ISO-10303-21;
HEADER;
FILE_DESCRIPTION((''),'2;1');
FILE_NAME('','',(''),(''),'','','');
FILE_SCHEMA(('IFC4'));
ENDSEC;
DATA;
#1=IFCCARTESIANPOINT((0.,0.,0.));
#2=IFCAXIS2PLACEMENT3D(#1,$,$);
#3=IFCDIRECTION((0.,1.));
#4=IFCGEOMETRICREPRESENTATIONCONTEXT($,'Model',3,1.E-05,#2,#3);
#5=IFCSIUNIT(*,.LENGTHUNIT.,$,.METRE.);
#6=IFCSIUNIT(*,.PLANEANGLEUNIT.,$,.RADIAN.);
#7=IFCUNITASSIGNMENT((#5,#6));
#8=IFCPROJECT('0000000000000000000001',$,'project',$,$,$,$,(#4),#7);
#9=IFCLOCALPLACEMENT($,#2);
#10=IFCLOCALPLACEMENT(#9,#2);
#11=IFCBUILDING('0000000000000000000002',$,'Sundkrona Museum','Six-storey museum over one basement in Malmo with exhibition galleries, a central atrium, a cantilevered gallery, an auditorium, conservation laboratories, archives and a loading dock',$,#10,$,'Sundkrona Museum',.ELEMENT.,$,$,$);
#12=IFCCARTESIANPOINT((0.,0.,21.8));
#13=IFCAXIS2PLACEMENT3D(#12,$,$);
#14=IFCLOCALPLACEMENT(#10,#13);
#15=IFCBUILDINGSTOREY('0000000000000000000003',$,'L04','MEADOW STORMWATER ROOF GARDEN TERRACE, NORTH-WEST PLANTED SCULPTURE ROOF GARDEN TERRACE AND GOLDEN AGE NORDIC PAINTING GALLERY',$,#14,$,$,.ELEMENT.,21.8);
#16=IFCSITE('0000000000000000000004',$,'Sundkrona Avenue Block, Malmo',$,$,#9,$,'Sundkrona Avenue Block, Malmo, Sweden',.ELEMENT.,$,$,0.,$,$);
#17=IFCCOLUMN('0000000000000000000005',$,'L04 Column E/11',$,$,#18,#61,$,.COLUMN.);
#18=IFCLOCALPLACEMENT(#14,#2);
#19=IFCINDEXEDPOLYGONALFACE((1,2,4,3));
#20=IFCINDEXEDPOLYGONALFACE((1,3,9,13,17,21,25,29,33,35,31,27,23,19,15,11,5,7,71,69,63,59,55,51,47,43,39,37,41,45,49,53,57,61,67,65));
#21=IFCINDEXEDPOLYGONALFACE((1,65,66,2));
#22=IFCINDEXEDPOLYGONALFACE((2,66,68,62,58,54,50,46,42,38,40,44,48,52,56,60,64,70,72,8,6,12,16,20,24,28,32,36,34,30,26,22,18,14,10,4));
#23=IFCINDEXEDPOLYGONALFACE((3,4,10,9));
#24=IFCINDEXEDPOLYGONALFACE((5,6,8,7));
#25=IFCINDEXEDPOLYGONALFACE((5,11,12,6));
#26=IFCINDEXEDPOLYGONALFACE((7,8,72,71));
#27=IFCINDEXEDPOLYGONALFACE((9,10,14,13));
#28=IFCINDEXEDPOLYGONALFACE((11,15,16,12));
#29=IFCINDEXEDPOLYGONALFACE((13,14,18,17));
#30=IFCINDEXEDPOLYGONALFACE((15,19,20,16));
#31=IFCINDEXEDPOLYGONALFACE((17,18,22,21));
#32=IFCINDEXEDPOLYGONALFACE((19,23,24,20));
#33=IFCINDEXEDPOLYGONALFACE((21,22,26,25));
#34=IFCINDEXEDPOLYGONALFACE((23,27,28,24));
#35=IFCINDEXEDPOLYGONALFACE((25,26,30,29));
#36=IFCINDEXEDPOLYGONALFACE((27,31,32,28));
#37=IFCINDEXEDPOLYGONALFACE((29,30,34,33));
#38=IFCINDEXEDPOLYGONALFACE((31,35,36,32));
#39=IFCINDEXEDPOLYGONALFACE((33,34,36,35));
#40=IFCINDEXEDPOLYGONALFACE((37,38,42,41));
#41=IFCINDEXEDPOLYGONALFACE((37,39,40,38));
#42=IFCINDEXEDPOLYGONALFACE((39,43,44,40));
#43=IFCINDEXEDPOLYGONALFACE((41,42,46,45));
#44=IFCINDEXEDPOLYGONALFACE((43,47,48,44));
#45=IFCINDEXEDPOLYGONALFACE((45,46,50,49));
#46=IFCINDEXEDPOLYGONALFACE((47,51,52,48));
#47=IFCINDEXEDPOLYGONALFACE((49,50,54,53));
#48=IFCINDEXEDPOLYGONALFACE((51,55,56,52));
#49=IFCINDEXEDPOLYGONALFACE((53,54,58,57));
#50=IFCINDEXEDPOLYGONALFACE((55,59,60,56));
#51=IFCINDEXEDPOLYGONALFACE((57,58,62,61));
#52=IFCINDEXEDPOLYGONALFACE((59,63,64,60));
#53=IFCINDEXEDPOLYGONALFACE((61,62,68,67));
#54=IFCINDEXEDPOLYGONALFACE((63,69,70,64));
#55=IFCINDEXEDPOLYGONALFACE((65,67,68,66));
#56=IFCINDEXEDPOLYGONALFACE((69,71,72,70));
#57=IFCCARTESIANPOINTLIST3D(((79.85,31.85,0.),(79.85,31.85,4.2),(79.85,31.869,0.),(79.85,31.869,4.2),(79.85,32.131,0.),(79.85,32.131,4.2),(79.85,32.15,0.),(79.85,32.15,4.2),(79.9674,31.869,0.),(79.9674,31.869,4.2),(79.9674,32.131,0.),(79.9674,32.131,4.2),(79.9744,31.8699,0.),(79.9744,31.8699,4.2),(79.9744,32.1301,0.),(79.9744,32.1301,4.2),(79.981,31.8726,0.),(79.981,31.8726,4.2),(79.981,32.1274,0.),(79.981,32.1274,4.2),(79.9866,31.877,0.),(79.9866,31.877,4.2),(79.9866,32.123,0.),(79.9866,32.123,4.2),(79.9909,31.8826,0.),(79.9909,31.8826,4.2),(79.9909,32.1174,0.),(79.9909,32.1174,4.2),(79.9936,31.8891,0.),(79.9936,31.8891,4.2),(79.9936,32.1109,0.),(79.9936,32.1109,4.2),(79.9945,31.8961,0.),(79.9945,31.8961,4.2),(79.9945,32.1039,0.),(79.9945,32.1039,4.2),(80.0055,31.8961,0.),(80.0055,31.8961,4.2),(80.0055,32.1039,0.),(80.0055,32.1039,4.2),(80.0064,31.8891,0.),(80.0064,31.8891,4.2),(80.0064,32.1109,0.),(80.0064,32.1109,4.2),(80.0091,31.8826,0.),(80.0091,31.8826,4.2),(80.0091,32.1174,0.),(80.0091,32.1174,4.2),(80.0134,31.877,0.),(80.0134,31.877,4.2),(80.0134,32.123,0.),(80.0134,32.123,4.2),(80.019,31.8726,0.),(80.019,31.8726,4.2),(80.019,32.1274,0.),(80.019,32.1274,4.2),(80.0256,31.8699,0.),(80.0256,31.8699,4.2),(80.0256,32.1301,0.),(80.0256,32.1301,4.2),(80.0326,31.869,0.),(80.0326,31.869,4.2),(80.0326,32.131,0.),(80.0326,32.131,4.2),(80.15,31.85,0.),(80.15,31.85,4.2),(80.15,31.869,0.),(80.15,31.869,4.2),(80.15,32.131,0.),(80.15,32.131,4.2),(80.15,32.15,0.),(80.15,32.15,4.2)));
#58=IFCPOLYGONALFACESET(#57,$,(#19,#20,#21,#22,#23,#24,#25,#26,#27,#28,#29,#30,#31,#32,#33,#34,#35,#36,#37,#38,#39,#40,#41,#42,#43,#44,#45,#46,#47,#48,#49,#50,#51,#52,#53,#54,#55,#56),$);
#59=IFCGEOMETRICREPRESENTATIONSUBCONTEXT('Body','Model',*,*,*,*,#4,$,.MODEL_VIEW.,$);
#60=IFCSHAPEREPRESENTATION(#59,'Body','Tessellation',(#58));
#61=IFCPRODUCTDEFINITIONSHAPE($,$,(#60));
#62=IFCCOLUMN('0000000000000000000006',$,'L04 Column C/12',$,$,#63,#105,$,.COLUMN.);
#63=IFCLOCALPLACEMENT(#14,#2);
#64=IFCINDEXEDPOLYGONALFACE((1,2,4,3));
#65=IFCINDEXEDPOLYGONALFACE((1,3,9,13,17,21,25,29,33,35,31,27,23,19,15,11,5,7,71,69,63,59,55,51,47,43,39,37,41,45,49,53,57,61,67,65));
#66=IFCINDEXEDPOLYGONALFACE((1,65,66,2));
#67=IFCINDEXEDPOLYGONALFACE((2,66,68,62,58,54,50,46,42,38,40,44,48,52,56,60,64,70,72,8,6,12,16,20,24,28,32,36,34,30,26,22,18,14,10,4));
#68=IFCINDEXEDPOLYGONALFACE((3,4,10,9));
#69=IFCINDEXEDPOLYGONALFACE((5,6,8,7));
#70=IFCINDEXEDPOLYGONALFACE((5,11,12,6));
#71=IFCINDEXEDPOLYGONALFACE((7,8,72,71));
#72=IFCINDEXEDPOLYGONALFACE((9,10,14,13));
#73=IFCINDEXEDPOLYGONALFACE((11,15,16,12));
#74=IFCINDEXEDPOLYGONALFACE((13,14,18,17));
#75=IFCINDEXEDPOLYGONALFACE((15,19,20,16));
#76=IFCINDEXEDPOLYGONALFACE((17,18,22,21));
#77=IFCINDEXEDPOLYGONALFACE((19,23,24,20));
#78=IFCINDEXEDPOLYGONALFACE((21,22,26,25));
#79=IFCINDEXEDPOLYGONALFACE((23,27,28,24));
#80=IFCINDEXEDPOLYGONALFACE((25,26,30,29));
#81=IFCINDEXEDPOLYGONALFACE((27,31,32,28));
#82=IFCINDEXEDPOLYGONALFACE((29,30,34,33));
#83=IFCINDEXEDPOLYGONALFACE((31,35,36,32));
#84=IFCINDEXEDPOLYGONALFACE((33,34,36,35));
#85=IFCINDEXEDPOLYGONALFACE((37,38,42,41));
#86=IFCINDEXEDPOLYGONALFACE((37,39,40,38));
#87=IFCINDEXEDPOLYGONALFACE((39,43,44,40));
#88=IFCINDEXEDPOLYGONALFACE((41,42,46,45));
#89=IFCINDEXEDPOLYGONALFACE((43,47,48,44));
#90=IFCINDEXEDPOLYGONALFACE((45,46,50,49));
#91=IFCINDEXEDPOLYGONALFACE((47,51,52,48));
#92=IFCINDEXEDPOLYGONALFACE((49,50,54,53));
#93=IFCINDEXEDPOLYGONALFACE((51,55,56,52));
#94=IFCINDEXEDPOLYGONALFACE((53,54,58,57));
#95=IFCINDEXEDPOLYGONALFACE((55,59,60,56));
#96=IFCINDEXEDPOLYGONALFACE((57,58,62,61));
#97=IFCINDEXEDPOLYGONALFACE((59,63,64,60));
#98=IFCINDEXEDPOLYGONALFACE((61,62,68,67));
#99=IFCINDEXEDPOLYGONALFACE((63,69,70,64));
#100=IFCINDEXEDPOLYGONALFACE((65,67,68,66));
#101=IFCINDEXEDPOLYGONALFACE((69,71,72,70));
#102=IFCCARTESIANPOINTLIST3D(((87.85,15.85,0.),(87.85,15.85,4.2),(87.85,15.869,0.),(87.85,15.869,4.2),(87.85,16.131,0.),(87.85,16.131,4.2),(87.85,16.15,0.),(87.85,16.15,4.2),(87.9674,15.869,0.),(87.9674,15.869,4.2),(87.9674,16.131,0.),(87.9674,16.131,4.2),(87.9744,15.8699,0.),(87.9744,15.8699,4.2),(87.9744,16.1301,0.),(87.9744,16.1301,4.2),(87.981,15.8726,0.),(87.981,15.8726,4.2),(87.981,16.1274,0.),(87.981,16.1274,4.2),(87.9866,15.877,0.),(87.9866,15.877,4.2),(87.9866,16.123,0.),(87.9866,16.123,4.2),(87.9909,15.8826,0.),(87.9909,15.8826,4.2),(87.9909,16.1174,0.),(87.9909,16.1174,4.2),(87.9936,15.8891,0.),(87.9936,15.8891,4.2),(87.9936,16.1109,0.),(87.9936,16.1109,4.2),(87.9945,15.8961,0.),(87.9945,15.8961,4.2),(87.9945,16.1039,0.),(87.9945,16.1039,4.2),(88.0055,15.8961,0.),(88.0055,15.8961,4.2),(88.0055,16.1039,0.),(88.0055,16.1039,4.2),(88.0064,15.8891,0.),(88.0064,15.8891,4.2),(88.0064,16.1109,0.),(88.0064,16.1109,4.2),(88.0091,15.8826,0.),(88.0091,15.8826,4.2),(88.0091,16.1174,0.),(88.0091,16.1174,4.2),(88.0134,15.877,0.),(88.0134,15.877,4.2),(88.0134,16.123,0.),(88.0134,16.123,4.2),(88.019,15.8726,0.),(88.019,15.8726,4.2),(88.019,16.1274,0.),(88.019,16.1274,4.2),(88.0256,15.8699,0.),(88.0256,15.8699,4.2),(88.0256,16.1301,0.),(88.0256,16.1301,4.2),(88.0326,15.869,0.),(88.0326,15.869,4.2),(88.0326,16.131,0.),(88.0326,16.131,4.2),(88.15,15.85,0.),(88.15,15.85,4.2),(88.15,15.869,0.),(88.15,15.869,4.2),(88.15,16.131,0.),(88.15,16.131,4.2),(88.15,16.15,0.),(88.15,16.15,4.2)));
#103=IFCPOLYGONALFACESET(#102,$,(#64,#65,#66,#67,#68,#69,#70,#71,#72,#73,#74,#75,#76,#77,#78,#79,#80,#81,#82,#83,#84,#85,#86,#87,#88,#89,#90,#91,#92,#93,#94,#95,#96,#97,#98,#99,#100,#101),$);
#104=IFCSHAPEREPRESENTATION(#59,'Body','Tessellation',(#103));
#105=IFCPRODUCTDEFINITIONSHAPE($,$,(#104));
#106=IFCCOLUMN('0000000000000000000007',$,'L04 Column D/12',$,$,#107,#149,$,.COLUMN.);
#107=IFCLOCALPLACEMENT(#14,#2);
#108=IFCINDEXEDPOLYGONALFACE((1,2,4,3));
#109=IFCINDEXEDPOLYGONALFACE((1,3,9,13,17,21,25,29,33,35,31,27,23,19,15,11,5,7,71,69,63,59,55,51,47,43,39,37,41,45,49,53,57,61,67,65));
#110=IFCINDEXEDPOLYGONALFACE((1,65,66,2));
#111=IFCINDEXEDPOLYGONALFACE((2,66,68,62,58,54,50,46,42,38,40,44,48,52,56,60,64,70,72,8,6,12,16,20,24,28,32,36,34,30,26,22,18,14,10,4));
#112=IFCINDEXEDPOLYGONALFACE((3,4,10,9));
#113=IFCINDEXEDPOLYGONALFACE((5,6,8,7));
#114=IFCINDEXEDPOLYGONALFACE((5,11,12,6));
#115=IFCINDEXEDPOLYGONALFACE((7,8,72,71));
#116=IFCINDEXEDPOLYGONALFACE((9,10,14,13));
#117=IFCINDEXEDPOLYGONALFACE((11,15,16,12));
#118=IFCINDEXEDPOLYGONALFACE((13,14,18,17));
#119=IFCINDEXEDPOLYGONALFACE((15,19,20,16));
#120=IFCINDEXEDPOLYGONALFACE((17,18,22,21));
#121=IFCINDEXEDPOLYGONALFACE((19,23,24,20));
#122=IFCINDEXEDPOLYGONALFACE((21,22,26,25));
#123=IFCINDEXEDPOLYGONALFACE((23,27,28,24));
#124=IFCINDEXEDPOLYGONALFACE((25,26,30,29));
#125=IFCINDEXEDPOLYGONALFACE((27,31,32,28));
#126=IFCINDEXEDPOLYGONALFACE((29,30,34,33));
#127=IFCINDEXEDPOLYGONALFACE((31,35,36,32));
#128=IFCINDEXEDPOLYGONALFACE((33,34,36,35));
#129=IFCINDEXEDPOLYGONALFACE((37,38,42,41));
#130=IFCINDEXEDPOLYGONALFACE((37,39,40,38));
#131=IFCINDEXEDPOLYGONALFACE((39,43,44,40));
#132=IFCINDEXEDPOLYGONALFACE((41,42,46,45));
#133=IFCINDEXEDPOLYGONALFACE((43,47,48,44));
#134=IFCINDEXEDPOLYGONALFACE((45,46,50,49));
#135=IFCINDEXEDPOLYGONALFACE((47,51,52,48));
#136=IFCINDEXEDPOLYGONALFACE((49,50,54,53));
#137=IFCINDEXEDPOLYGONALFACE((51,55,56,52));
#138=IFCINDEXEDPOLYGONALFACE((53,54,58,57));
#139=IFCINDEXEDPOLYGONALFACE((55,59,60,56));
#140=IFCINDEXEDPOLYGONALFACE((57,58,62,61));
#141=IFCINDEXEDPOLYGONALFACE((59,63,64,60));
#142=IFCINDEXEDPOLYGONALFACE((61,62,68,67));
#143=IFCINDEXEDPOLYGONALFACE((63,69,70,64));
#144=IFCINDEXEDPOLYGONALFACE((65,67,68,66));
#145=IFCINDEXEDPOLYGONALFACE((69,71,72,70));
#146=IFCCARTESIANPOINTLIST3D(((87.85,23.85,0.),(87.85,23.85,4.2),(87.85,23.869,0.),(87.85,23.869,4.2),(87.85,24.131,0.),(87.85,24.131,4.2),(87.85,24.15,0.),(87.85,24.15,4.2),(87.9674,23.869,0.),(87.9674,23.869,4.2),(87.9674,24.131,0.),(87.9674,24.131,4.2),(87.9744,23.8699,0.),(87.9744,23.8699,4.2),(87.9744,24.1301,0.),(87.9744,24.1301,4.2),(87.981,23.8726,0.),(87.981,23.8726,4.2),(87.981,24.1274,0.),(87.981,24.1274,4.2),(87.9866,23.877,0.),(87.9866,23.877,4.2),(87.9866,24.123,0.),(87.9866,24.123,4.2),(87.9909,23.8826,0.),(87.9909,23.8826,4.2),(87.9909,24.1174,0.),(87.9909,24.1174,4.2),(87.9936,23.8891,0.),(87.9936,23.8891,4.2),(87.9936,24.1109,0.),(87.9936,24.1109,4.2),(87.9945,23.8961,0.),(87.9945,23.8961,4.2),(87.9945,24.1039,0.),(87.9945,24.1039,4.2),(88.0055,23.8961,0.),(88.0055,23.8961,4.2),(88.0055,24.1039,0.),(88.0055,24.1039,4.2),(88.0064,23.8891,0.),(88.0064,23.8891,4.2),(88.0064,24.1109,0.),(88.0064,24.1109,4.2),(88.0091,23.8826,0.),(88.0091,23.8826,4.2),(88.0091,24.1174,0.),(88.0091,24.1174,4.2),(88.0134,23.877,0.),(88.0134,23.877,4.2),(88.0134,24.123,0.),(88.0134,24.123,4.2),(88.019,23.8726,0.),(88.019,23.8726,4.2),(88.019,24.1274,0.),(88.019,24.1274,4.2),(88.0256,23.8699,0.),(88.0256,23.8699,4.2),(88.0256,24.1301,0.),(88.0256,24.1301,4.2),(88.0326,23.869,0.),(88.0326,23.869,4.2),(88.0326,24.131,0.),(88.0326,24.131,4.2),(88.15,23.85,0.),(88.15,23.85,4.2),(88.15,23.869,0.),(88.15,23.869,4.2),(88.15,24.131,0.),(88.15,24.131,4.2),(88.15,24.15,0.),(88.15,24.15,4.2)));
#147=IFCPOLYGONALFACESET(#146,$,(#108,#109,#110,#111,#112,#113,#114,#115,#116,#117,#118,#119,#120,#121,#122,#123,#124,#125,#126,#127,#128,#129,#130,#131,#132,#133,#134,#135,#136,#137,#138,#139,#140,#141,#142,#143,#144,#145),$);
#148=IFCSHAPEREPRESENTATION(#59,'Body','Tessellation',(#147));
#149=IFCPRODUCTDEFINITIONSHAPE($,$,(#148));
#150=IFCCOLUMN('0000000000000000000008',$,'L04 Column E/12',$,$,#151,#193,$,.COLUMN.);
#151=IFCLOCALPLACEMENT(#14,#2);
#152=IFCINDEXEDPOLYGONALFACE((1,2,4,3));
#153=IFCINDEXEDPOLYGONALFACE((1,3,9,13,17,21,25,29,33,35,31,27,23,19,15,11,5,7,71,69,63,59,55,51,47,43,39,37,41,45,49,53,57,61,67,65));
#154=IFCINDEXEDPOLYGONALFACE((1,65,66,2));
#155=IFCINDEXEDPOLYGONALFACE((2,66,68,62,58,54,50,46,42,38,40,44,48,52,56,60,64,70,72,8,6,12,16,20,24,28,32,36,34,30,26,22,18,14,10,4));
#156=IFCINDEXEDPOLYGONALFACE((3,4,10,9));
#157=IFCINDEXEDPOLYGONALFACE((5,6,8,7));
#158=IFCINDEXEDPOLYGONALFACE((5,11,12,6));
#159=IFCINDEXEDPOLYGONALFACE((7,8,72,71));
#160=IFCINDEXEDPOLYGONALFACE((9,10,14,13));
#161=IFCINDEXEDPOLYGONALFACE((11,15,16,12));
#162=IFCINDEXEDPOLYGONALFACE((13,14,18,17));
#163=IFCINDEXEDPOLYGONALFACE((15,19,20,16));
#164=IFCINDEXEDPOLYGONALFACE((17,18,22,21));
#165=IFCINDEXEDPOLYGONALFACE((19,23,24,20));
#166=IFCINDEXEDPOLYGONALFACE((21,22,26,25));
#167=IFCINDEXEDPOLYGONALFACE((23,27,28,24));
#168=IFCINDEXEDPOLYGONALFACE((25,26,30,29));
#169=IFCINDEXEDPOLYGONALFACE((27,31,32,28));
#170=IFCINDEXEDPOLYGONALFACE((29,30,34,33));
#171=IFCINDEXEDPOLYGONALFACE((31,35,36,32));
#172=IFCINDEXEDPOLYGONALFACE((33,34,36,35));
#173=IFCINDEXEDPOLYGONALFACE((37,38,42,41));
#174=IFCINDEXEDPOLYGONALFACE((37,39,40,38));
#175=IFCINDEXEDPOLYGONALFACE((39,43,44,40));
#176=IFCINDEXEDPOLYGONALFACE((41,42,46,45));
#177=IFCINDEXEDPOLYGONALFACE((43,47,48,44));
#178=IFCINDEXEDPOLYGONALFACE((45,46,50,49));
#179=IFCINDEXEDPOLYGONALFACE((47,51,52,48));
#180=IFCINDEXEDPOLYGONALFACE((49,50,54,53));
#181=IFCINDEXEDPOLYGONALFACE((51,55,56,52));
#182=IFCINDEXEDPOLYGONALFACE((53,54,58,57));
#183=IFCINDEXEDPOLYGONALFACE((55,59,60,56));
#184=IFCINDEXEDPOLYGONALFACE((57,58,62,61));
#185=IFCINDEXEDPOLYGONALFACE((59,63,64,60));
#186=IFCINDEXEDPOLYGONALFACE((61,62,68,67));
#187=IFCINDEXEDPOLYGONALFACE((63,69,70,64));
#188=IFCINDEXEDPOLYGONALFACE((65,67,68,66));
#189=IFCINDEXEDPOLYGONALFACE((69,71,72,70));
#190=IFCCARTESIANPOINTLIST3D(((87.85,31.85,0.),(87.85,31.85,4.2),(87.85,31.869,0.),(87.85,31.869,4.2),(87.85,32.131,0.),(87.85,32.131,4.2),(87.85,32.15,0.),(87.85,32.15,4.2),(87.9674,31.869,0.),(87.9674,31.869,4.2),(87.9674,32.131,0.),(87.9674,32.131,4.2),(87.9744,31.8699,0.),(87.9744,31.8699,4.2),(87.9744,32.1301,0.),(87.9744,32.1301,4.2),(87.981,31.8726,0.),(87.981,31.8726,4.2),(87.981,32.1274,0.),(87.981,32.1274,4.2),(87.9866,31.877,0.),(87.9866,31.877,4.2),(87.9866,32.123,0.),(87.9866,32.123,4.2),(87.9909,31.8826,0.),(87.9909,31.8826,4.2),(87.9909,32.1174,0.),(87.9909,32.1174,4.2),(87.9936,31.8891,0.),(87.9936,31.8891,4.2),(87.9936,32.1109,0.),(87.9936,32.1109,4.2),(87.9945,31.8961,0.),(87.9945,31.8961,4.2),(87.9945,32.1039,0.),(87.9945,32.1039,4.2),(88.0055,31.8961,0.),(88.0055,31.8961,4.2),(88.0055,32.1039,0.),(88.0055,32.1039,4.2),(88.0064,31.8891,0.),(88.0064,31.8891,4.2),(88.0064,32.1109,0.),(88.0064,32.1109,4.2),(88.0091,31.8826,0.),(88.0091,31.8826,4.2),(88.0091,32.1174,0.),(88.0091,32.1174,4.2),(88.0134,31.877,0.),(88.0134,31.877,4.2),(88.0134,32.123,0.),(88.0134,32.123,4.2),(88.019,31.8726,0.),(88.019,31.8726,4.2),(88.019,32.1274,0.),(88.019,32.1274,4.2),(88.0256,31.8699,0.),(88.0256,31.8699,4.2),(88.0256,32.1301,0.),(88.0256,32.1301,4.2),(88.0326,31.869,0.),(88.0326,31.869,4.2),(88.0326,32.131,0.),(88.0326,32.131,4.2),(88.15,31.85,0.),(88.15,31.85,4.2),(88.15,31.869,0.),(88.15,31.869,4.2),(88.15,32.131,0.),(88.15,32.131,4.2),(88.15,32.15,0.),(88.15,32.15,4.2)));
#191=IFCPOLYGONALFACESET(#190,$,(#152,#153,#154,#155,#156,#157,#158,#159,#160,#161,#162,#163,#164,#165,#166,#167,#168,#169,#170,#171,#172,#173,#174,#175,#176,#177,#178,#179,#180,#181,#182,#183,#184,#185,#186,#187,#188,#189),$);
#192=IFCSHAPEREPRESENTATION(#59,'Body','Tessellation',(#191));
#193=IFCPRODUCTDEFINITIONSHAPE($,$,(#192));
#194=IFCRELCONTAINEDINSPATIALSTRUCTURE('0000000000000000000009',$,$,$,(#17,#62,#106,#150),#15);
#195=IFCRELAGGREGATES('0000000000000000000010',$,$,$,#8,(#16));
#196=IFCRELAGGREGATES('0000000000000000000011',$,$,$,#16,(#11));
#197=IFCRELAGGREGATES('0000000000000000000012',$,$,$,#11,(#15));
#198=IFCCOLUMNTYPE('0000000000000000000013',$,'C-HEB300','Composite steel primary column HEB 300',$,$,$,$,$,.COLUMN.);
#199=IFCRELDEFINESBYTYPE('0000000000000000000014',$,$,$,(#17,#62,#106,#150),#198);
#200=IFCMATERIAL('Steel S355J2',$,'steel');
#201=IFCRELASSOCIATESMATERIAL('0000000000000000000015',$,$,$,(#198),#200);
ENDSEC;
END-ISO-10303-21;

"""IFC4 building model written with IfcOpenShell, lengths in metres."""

from ifc_helpers import new_model, si_unit, direction, frame, origin, origin_2d, place, context, subcontext, project, spatial, i_section, extrude, material, material_profile, profile_set, type_object, element, save


model = new_model("IFC4")

# Units and contexts
model_context = context("Model", 3, precision=1e-05, world=origin(), true_north=direction((0.0, 1.0)))
body_context = subcontext(model_context, "Body", "Model", "MODEL_VIEW")
ifc_project = project(units=[si_unit("LENGTHUNIT", "METRE"), si_unit("PLANEANGLEUNIT", "RADIAN")], contexts=[model_context])

# Site, building, storey
site_placement = place(None, origin())
site = spatial("IfcSite", under=ifc_project, at=site_placement, Name="Sundkrona Avenue Block, Malmo", LongName="Sundkrona Avenue Block, Malmo, Sweden", CompositionType="ELEMENT", RefElevation=0.0)
building_placement = place(site_placement, origin())
building = spatial("IfcBuilding", under=site, at=building_placement, Name="Sundkrona Museum", Description="Six-storey museum over one basement in Malmo with exhibition galleries, a central atrium, a cantilevered gallery, an auditorium, conservation laboratories, archives and a loading dock", LongName="Sundkrona Museum", CompositionType="ELEMENT")
storey_placement = place(building_placement, frame((0.0, 0.0, 21.8)))
storey = spatial("IfcBuildingStorey", under=building, at=storey_placement, Name="L04", Description="MEADOW STORMWATER ROOF GARDEN TERRACE, NORTH-WEST PLANTED SCULPTURE ROOF GARDEN TERRACE AND GOLDEN AGE NORDIC PAINTING GALLERY", CompositionType="ELEMENT", Elevation=21.8)

# Columns
ifc_material_1 = material(Name="Steel S355J2", Category="steel")
ifc_material_profile_1 = material_profile(ifc_material_1, i_section(OverallWidth=0.3, OverallDepth=0.3, WebThickness=0.011, FlangeThickness=0.019, FilletRadius=0.0271, at=origin_2d()), Name="HEB 300")
ifc_profile_set_1 = profile_set([ifc_material_profile_1], Name="Steel S355J2")
column_type = type_object("IfcColumnType", Name="C-HEB300", Description="Composite steel primary column HEB 300", PredefinedType="COLUMN", material=ifc_profile_set_1)
for number, where, z_axis, x_axis, name in (
    (1, (80.0, 32.0, 0.0), (0.0, 0.0, 1.0), (1.0, 0.0, 0.0), "L04 Column E/11"),
    (2, (88.0, 16.0, 0.0), (0.0, 0.0, 1.0), (1.0, 0.0, 0.0), "L04 Column C/12"),
    (3, (88.0, 24.0, 0.0), (0.0, 0.0, 1.0), (1.0, 0.0, 0.0), "L04 Column D/12"),
    (4, (88.0, 32.0, 0.0), (0.0, 0.0, 1.0), (1.0, 0.0, 0.0), "L04 Column E/12"),
):
    element("IfcColumn", number, at=place(storey_placement, frame(where, z_axis=z_axis, x_axis=x_axis)), inside=storey, type_object=column_type, Name=name, PredefinedType="COLUMN", context=body_context, shape_type="SweptSolid", body=[
        extrude(i_section(OverallWidth=0.3, OverallDepth=0.3, WebThickness=0.011, FlangeThickness=0.019, FilletRadius=0.0271, at=origin_2d()), origin(), (0.0, 0.0, 1.0), 4.2),
    ])

save(model, "model.ifc")
